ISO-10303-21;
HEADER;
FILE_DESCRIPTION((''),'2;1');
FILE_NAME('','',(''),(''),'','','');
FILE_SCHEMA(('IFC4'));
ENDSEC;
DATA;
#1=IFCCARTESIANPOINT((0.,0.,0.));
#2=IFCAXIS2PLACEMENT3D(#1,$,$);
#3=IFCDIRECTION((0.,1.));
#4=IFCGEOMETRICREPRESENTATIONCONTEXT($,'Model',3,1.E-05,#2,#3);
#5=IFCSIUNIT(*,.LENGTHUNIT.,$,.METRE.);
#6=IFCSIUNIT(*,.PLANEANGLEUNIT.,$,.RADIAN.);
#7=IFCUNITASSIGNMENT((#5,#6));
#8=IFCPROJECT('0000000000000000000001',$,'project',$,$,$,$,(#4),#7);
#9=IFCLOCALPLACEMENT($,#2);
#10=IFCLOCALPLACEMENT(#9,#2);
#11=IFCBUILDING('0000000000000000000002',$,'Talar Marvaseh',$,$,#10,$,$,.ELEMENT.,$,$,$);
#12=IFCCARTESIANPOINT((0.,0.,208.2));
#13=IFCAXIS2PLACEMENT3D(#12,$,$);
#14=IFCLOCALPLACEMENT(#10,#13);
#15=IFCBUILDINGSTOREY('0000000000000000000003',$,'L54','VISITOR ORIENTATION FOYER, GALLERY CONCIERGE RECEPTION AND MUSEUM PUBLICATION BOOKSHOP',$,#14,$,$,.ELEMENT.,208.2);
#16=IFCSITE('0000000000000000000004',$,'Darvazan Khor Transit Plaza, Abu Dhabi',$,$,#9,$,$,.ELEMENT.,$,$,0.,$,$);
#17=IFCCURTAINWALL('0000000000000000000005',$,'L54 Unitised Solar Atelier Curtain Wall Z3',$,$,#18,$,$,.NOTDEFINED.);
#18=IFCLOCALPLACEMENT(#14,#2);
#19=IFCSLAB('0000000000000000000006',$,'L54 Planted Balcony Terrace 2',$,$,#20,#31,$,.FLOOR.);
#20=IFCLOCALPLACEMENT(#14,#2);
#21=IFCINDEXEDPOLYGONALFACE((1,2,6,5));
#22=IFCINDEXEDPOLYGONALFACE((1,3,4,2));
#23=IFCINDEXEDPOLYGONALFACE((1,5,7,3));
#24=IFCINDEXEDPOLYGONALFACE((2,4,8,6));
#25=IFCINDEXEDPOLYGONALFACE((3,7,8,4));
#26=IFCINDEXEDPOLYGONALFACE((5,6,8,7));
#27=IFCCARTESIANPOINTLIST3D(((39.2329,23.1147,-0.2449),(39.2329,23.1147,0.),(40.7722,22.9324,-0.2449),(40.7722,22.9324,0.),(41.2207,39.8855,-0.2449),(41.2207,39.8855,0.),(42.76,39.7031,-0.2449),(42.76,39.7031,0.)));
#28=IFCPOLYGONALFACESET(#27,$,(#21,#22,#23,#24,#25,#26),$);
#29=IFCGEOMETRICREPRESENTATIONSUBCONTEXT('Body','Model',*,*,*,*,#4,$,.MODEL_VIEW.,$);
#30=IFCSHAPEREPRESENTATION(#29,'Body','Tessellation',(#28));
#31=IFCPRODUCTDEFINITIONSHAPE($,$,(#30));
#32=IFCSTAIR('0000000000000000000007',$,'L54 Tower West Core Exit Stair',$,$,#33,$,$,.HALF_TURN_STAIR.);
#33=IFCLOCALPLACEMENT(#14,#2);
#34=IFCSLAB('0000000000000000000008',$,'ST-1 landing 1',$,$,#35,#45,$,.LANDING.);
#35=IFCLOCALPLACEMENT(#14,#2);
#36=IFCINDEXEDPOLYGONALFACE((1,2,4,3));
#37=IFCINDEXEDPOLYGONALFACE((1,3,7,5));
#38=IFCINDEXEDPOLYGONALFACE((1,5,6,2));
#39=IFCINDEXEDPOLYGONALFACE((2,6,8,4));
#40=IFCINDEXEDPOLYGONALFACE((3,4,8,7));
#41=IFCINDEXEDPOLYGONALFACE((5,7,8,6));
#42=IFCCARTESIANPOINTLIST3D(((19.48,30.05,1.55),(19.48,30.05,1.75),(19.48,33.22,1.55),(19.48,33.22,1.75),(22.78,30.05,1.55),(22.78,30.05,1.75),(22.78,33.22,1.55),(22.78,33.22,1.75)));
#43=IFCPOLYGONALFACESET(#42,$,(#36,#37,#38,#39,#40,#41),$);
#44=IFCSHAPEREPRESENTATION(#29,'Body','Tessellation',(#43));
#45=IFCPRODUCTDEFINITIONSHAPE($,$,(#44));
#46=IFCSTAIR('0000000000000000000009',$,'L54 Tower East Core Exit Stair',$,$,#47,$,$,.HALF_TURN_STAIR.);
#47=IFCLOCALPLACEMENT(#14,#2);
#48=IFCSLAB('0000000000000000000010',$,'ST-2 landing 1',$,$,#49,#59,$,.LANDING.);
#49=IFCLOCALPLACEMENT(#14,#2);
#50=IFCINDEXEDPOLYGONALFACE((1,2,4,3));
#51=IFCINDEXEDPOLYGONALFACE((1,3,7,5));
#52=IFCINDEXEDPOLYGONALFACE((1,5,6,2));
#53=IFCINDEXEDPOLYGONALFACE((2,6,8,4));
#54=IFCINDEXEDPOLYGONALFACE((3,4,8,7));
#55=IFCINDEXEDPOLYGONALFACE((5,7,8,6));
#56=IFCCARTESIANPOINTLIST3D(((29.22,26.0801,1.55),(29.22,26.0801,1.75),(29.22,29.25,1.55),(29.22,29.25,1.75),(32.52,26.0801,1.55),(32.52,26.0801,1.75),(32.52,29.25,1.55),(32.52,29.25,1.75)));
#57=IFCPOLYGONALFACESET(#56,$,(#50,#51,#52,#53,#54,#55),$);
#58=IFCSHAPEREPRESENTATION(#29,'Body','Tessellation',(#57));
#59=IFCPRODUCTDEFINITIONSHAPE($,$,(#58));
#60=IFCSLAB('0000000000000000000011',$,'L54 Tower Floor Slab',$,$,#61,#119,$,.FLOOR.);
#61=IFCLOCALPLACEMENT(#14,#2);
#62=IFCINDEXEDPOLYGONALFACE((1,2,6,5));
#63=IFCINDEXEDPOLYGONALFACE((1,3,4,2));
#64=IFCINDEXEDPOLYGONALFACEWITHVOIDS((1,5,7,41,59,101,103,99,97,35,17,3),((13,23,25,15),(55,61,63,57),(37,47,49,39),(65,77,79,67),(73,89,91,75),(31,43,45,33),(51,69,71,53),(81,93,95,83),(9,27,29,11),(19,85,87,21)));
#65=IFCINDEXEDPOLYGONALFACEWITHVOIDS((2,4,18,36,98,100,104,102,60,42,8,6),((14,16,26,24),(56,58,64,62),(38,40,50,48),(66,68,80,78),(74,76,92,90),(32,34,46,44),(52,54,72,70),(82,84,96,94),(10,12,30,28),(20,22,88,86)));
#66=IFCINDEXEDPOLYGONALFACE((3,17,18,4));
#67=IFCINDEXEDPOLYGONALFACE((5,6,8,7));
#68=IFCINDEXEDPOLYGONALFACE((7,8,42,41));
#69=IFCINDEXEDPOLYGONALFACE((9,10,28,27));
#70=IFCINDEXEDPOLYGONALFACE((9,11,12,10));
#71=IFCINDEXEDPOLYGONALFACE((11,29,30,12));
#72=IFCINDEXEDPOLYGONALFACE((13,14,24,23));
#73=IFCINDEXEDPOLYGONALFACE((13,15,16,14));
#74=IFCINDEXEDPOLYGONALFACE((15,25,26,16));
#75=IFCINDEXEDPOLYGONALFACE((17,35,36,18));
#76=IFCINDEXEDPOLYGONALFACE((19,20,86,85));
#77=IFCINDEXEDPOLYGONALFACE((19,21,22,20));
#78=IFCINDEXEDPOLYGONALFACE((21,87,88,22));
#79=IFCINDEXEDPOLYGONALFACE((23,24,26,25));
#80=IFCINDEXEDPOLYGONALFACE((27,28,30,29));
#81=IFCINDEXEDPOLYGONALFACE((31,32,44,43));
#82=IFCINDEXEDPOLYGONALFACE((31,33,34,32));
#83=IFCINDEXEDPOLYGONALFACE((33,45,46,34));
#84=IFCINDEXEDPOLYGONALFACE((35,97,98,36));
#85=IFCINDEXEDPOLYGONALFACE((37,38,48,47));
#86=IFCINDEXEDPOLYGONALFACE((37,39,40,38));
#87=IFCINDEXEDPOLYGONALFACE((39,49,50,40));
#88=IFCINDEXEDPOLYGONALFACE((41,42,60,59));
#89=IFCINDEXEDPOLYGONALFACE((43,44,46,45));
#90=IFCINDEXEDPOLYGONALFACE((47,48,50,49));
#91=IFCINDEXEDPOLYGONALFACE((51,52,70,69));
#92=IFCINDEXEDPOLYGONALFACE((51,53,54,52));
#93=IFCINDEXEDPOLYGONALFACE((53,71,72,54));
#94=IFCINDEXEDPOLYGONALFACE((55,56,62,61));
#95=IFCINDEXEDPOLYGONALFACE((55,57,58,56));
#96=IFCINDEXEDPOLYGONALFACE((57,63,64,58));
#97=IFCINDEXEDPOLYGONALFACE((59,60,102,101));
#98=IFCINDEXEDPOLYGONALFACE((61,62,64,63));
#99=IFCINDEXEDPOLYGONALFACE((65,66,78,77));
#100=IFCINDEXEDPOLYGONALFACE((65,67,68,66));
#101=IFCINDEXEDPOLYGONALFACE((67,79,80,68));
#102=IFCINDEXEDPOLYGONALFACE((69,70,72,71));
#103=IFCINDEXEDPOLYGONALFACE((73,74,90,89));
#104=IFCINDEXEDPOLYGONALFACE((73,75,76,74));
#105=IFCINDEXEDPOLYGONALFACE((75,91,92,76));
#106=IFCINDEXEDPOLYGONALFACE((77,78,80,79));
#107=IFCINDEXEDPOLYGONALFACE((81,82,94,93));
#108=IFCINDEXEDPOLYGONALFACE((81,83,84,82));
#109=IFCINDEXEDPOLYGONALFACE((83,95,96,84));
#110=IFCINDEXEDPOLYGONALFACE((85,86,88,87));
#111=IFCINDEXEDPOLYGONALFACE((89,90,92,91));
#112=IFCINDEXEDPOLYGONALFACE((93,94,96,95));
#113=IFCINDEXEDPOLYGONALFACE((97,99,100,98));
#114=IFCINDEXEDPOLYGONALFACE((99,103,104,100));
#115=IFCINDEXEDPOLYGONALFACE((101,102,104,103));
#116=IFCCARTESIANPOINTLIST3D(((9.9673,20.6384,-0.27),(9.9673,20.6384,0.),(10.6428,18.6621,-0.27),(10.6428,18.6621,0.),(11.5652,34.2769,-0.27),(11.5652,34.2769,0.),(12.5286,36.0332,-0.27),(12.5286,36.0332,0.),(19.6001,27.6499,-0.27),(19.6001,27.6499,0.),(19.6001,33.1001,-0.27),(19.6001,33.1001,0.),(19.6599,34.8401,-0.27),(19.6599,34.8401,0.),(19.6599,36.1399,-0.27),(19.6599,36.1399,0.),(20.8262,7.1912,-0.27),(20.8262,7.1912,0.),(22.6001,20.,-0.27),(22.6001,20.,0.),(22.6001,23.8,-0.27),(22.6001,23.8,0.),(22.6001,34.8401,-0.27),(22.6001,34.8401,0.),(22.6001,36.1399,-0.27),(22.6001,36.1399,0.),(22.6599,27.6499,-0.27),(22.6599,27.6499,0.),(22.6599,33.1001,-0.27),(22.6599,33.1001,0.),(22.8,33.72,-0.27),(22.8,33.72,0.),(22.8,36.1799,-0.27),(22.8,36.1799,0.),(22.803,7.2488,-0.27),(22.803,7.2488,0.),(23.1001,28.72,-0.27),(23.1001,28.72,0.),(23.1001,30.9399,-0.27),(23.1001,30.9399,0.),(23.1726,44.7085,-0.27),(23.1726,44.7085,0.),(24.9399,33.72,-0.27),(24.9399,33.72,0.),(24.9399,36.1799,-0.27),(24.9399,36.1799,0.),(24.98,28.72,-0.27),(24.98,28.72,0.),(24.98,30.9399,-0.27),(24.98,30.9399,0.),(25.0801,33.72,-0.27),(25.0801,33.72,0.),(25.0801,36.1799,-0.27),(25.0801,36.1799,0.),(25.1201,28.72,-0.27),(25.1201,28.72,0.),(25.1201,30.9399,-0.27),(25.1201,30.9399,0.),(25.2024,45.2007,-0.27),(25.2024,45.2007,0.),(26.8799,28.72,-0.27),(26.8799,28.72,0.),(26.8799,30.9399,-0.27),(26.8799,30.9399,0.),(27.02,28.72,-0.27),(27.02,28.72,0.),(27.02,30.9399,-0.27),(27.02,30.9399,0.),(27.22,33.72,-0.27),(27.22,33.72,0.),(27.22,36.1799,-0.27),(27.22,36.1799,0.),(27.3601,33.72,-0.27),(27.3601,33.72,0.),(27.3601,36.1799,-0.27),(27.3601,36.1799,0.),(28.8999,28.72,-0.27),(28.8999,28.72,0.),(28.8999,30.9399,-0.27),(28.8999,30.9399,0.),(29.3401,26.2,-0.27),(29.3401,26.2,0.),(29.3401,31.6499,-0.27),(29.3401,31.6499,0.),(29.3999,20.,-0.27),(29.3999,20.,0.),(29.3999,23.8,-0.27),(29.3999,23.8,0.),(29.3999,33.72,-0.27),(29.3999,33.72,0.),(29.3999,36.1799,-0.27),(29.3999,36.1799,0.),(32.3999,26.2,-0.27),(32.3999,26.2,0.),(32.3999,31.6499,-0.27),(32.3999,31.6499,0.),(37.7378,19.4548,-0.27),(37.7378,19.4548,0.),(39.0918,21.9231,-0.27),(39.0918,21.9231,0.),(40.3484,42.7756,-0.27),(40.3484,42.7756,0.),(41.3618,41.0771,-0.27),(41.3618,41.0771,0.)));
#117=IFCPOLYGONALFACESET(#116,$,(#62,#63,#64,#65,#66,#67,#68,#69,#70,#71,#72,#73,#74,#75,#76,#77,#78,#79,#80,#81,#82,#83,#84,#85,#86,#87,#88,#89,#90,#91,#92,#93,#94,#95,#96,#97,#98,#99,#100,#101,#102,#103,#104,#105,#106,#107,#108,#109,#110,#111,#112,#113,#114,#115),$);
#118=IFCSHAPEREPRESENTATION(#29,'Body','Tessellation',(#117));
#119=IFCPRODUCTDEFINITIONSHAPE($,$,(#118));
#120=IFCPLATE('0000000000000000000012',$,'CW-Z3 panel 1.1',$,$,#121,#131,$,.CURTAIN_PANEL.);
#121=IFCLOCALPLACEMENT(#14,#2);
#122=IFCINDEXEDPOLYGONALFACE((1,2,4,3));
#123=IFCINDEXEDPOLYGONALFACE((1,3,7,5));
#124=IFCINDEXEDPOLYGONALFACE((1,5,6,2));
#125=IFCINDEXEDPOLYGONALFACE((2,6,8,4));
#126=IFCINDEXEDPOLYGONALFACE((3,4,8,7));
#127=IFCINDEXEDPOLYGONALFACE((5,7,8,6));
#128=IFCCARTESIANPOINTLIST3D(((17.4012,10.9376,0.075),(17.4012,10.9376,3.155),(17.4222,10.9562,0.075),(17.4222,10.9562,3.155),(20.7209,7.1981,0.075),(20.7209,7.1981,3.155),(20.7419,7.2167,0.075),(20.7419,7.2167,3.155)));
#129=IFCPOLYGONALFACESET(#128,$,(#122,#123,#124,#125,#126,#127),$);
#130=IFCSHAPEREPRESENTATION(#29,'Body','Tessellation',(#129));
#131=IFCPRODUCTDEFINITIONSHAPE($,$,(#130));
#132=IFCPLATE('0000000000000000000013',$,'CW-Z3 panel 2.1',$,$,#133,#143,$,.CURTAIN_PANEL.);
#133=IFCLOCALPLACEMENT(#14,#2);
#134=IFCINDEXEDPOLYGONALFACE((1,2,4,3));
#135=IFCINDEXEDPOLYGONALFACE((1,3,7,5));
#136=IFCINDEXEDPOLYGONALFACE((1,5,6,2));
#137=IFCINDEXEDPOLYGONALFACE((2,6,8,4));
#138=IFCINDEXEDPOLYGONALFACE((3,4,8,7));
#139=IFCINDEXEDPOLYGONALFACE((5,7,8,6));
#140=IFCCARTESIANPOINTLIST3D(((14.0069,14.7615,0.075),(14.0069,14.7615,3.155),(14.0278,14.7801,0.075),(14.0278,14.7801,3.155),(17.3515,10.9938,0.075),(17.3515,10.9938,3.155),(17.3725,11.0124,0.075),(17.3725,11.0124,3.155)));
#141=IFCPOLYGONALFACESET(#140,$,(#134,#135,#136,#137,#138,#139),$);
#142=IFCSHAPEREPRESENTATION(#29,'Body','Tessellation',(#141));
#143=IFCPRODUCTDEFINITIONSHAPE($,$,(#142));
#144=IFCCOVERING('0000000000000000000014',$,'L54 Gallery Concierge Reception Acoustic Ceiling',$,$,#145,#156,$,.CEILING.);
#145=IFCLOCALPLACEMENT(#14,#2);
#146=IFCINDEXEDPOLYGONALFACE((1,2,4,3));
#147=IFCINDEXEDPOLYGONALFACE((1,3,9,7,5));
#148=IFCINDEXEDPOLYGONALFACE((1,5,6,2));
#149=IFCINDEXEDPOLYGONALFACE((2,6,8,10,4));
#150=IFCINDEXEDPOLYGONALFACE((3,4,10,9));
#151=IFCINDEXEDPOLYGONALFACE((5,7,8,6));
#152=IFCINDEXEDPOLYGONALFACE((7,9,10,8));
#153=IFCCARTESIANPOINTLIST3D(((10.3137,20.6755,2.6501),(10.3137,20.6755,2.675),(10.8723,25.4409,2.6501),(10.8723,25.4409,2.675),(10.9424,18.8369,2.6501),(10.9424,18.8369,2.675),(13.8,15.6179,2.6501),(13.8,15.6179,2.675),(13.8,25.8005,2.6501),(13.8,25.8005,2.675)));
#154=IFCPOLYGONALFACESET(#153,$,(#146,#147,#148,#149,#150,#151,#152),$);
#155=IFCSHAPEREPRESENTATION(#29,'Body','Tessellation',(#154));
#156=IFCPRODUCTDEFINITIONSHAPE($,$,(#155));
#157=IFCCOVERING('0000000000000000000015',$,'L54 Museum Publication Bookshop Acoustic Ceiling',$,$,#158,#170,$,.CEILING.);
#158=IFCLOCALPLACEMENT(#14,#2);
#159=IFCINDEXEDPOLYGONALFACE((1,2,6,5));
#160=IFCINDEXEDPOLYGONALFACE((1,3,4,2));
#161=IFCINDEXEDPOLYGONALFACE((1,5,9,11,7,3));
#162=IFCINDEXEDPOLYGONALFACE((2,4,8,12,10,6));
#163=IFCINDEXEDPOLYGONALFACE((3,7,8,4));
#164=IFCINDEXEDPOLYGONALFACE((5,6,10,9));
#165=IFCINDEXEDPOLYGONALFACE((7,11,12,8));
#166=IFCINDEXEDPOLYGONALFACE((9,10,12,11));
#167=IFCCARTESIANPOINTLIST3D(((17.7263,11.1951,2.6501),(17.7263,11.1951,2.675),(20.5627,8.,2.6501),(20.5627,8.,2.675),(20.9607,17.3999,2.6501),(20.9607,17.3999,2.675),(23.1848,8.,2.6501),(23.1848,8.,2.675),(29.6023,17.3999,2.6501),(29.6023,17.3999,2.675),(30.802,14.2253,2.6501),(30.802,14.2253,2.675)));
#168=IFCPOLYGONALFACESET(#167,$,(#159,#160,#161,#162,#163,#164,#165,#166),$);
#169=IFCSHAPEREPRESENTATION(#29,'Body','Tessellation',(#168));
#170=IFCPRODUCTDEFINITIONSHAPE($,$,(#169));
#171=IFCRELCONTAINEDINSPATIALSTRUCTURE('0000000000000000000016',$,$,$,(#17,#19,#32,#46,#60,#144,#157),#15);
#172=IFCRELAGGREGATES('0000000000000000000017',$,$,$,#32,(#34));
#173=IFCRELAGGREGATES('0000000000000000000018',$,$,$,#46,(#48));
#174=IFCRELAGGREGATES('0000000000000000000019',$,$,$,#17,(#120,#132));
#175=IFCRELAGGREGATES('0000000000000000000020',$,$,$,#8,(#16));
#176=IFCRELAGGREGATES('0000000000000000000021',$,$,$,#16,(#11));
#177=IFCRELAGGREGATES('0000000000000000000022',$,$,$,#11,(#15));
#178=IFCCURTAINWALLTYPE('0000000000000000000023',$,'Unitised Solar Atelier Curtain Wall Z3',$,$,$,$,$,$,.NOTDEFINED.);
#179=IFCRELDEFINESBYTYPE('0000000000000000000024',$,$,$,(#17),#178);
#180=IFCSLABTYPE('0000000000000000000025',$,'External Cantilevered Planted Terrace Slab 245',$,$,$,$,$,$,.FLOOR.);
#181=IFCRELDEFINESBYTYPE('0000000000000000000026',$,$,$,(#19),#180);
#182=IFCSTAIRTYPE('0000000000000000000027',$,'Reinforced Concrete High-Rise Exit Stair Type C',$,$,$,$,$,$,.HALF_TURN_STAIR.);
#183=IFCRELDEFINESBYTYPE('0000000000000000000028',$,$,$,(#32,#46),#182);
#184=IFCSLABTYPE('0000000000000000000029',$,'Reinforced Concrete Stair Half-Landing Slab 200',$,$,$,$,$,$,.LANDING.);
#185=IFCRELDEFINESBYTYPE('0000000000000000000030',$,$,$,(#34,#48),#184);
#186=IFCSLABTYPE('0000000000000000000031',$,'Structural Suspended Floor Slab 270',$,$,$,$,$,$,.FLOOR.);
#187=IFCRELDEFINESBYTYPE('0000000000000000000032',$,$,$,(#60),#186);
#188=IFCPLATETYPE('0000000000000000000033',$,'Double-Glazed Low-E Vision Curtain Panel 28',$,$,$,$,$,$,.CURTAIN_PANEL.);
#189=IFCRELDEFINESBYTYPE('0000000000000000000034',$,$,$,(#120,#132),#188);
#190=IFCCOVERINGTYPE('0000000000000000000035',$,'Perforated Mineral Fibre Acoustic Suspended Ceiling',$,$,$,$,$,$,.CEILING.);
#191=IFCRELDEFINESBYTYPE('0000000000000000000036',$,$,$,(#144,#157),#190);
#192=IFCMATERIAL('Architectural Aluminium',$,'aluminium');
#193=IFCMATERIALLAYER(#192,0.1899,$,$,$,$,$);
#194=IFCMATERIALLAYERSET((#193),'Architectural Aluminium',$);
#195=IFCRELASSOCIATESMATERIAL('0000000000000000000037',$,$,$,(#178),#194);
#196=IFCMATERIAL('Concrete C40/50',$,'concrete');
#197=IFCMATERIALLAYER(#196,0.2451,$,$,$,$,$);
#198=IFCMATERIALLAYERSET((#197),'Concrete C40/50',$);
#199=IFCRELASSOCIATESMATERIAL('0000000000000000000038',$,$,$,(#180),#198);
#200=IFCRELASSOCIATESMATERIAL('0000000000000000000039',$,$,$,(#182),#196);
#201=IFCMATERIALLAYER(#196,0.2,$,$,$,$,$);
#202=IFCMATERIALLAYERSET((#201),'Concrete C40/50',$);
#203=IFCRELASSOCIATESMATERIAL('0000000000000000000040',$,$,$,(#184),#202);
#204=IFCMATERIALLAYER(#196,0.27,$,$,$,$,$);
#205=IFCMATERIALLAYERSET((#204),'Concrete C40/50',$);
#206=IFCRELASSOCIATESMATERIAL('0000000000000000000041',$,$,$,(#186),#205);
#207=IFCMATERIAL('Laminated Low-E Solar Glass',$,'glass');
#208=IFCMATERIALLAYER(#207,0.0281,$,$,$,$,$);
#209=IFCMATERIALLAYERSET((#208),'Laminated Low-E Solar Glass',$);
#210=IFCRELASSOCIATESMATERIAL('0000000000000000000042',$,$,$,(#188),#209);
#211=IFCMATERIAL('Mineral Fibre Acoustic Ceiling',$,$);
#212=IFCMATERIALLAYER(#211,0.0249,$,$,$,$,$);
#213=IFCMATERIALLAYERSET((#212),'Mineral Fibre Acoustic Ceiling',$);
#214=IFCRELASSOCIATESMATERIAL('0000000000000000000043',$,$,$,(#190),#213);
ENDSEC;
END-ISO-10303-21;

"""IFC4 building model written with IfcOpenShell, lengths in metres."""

from ifc_helpers import new_model, si_unit, direction, frame, origin, origin_2d, place, context, subcontext, project, spatial, polyline, rectangle, outline, extrude, source, transform, mapped, material, layer, layer_set, type_object, type_shapes, element, aggregate, save


model = new_model("IFC4")

# Units and contexts
model_context = context("Model", 3, precision=1e-05, world=origin(), true_north=direction((0.0, 1.0)))
body_context = subcontext(model_context, "Body", "Model", "MODEL_VIEW")
ifc_project = project(units=[si_unit("LENGTHUNIT", "METRE"), si_unit("PLANEANGLEUNIT", "RADIAN")], contexts=[model_context])

# Site, building, storey
site_placement = place(None, origin())
site = spatial("IfcSite", under=ifc_project, at=site_placement, Name="Darvazan Khor Transit Plaza, Abu Dhabi", CompositionType="ELEMENT", RefElevation=0.0)
building_placement = place(site_placement, origin())
building = spatial("IfcBuilding", under=site, at=building_placement, Name="Talar Marvaseh", CompositionType="ELEMENT")
storey_placement = place(building_placement, frame((0.0, 0.0, 208.2)))
storey = spatial("IfcBuildingStorey", under=building, at=storey_placement, Name="L54", Description="VISITOR ORIENTATION FOYER, GALLERY CONCIERGE RECEPTION AND MUSEUM PUBLICATION BOOKSHOP", CompositionType="ELEMENT", Elevation=208.2)

# Curtain wall
ifc_material_1 = material(Name="Architectural Aluminium", Category="aluminium")
ifc_layer_1 = layer(ifc_material_1, 0.1899)
ifc_layer_set_1 = layer_set([ifc_layer_1], Name="Architectural Aluminium")
curtain_wall_type = type_object("IfcCurtainWallType", Name="Unitised Solar Atelier Curtain Wall Z3", PredefinedType="NOTDEFINED", material=ifc_layer_set_1)
curtain_wall_placement = place(storey_placement, origin())
curtain_wall = element("IfcCurtainWall", 1, at=curtain_wall_placement, inside=storey, type_object=curtain_wall_type, Name="L54 Unitised Solar Atelier Curtain Wall Z3", PredefinedType="NOTDEFINED")

# Slab
ifc_material_2 = material(Name="Concrete C40/50", Category="concrete")
ifc_layer_2 = layer(ifc_material_2, 0.2451)
ifc_layer_set_2 = layer_set([ifc_layer_2], Name="Concrete C40/50")
slab_type_1 = type_object("IfcSlabType", Name="External Cantilevered Planted Terrace Slab 245", PredefinedType="FLOOR", material=ifc_layer_set_2)
slab_1_placement = place(storey_placement, frame((0.0, 0.0, -0.2449)))
element("IfcSlab", 2, at=slab_1_placement, inside=storey, type_object=slab_type_1, Name="L54 Planted Balcony Terrace 2", PredefinedType="FLOOR", context=body_context, shape_type="SweptSolid", body=[
    extrude(outline(polyline([(41.2207, 39.8855), (39.2329, 23.1147), (40.7722, 22.9324), (42.76, 39.7031), (41.2207, 39.8855)])), origin(), (0.0, 0.0, 1.0), 0.2449),
])

# Stairs, slabs
stair_type = type_object("IfcStairType", Name="Reinforced Concrete High-Rise Exit Stair Type C", PredefinedType="HALF_TURN_STAIR", material=ifc_material_2)
stair_1_placement = place(storey_placement, origin())
stair_1 = element("IfcStair", 3, at=stair_1_placement, inside=storey, type_object=stair_type, Name="L54 Tower West Core Exit Stair", PredefinedType="HALF_TURN_STAIR")
ifc_layer_3 = layer(ifc_material_2, 0.2)
ifc_layer_set_3 = layer_set([ifc_layer_3], Name="Concrete C40/50")
slab_type_2 = type_object("IfcSlabType", Name="Reinforced Concrete Stair Half-Landing Slab 200", PredefinedType="LANDING", material=ifc_layer_set_3)
slab_2_placement = place(storey_placement, frame((0.0, 0.0, 1.55)))
slab_2 = element("IfcSlab", 4, at=slab_2_placement, type_object=slab_type_2, Name="ST-1 landing 1", PredefinedType="LANDING", context=body_context, shape_type="SweptSolid", body=[
    extrude(outline(polyline([(22.78, 30.05), (22.78, 33.22), (19.48, 33.22), (19.48, 30.05), (22.78, 30.05)])), origin(), (0.0, 0.0, 1.0), 0.2),
])
aggregate(stair_1, [slab_2])
stair_2_placement = place(storey_placement, origin())
stair_2 = element("IfcStair", 5, at=stair_2_placement, inside=storey, type_object=stair_type, Name="L54 Tower East Core Exit Stair", PredefinedType="HALF_TURN_STAIR")
slab_3_placement = place(storey_placement, frame((0.0, 0.0, 1.55)))
slab_3 = element("IfcSlab", 6, at=slab_3_placement, type_object=slab_type_2, Name="ST-2 landing 1", PredefinedType="LANDING", context=body_context, shape_type="SweptSolid", body=[
    extrude(outline(polyline([(29.22, 29.25), (29.22, 26.0801), (32.52, 26.0801), (32.52, 29.25), (29.22, 29.25)])), origin(), (0.0, 0.0, 1.0), 0.2),
])
aggregate(stair_2, [slab_3])

# Slab
ifc_layer_4 = layer(ifc_material_2, 0.27)
ifc_layer_set_4 = layer_set([ifc_layer_4], Name="Concrete C40/50")
slab_type_3 = type_object("IfcSlabType", Name="Structural Suspended Floor Slab 270", PredefinedType="FLOOR", material=ifc_layer_set_4)
slab_4_placement = place(storey_placement, frame((0.0, 0.0, -0.27)))
element("IfcSlab", 7, at=slab_4_placement, inside=storey, type_object=slab_type_3, Name="L54 Tower Floor Slab", PredefinedType="FLOOR", context=body_context, shape_type="SweptSolid", body=[
    extrude(outline(polyline([(22.803, 7.2488), (20.8262, 7.1912), (10.6428, 18.6621), (9.9673, 20.6384), (11.5652, 34.2769), (12.5286, 36.0332), (23.1726, 44.7085), (25.2024, 45.2007), (40.3484, 42.7756), (41.3618, 41.0771), (39.0918, 21.9231), (37.7378, 19.4548), (22.803, 7.2488)]), holes=[polyline([(22.6599, 27.6499), (22.6599, 33.1001), (19.6001, 33.1001), (19.6001, 27.6499), (22.6599, 27.6499)]), polyline([(29.3401, 31.6499), (29.3401, 26.2), (32.3999, 26.2), (32.3999, 31.6499), (29.3401, 31.6499)]), polyline([(22.8, 33.72), (24.9399, 33.72), (24.9399, 36.1799), (22.8, 36.1799), (22.8, 33.72)]), polyline([(25.0801, 33.72), (27.22, 33.72), (27.22, 36.1799), (25.0801, 36.1799), (25.0801, 33.72)]), polyline([(27.3601, 33.72), (29.3999, 33.72), (29.3999, 36.1799), (27.3601, 36.1799), (27.3601, 33.72)]), polyline([(23.1001, 28.72), (24.98, 28.72), (24.98, 30.9399), (23.1001, 30.9399), (23.1001, 28.72)]), polyline([(25.1201, 28.72), (26.8799, 28.72), (26.8799, 30.9399), (25.1201, 30.9399), (25.1201, 28.72)]), polyline([(27.02, 28.72), (28.8999, 28.72), (28.8999, 30.9399), (27.02, 30.9399), (27.02, 28.72)]), polyline([(19.6599, 34.8401), (22.6001, 34.8401), (22.6001, 36.1399), (19.6599, 36.1399), (19.6599, 34.8401)]), polyline([(22.6001, 20.0), (29.3999, 20.0), (29.3999, 23.8), (22.6001, 23.8), (22.6001, 20.0)])]), origin(), (0.0, 0.0, 1.0), 0.27),
])

# Plates
ifc_material_3 = material(Name="Laminated Low-E Solar Glass", Category="glass")
ifc_layer_5 = layer(ifc_material_3, 0.0281)
ifc_layer_set_5 = layer_set([ifc_layer_5], Name="Laminated Low-E Solar Glass")
plate_type = type_object("IfcPlateType", Name="Double-Glazed Low-E Vision Curtain Panel 28", PredefinedType="CURTAIN_PANEL", material=ifc_layer_set_5)
shared_shape_1 = source(origin(), body_context, "Body", "SweptSolid", [
    extrude(rectangle(XDim=5.0005, YDim=0.0281, at=origin_2d()), origin(), (0.0, 0.0, 1.0), 3.0801),
])
plate_1_placement = place(storey_placement, frame((19.0715, 9.0771, 0.075), z_axis=(0.0, 0.0, 1.0), x_axis=(-0.663882, 0.747838, 0.0)))
plate_1 = element("IfcPlate", 8, at=plate_1_placement, type_object=plate_type, Name="CW-Z3 panel 1.1", PredefinedType="CURTAIN_PANEL", context=body_context, shape_type="MappedRepresentation", body=[
    mapped(shared_shape_1, transform((0.0, 0.0, 0.0), x_axis=(1.0, 0.0, 0.0), y_axis=(0.0, 1.0, 0.0), z_axis=(0.0, 0.0, 1.0), scale=1.0)),
])
shared_shape_2 = source(origin(), body_context, "Body", "SweptSolid", [
    extrude(rectangle(XDim=5.0381, YDim=0.0281, at=origin_2d()), origin(), (0.0, 0.0, 1.0), 3.0801),
])
type_shapes(plate_type, [shared_shape_1, shared_shape_2])
plate_2_placement = place(storey_placement, frame((15.6897, 12.887, 0.075), z_axis=(0.0, 0.0, 1.0), x_axis=(-0.663882, 0.747838, 0.0)))
plate_2 = element("IfcPlate", 9, at=plate_2_placement, type_object=plate_type, Name="CW-Z3 panel 2.1", PredefinedType="CURTAIN_PANEL", context=body_context, shape_type="MappedRepresentation", body=[
    mapped(shared_shape_2, transform((0.0, 0.0, 0.0), x_axis=(1.0, 0.0, 0.0), y_axis=(0.0, 1.0, 0.0), z_axis=(0.0, 0.0, 1.0), scale=1.0)),
])
aggregate(curtain_wall, [plate_1, plate_2])

# Coverings
ifc_material_4 = material(Name="Mineral Fibre Acoustic Ceiling")
ifc_layer_6 = layer(ifc_material_4, 0.0249)
ifc_layer_set_6 = layer_set([ifc_layer_6], Name="Mineral Fibre Acoustic Ceiling")
covering_type_1 = type_object("IfcCoveringType", Name="Perforated Mineral Fibre Acoustic Suspended Ceiling", PredefinedType="CEILING", material=ifc_layer_set_6)
covering_1_placement = place(storey_placement, frame((0.0, 0.0, 2.6501)))
element("IfcCovering", 10, at=covering_1_placement, inside=storey, type_object=covering_type_1, Name="L54 Gallery Concierge Reception Acoustic Ceiling", PredefinedType="CEILING", context=body_context, shape_type="SweptSolid", body=[
    extrude(outline(polyline([(13.8, 25.8005), (13.8, 15.6179), (10.9424, 18.8369), (10.3137, 20.6755), (10.8723, 25.4409), (13.8, 25.8005)])), origin(), (0.0, 0.0, 1.0), 0.0249),
])
covering_2_placement = place(storey_placement, frame((0.0, 0.0, 2.6501)))
element("IfcCovering", 11, at=covering_2_placement, inside=storey, type_object=covering_type_1, Name="L54 Museum Publication Bookshop Acoustic Ceiling", PredefinedType="CEILING", context=body_context, shape_type="SweptSolid", body=[
    extrude(outline(polyline([(20.9607, 17.3999), (29.6023, 17.3999), (30.802, 14.2253), (23.1848, 8.0), (20.5627, 8.0), (17.7263, 11.1951), (20.9607, 17.3999)])), origin(), (0.0, 0.0, 1.0), 0.0249),
])

save(model, "model.ifc")
